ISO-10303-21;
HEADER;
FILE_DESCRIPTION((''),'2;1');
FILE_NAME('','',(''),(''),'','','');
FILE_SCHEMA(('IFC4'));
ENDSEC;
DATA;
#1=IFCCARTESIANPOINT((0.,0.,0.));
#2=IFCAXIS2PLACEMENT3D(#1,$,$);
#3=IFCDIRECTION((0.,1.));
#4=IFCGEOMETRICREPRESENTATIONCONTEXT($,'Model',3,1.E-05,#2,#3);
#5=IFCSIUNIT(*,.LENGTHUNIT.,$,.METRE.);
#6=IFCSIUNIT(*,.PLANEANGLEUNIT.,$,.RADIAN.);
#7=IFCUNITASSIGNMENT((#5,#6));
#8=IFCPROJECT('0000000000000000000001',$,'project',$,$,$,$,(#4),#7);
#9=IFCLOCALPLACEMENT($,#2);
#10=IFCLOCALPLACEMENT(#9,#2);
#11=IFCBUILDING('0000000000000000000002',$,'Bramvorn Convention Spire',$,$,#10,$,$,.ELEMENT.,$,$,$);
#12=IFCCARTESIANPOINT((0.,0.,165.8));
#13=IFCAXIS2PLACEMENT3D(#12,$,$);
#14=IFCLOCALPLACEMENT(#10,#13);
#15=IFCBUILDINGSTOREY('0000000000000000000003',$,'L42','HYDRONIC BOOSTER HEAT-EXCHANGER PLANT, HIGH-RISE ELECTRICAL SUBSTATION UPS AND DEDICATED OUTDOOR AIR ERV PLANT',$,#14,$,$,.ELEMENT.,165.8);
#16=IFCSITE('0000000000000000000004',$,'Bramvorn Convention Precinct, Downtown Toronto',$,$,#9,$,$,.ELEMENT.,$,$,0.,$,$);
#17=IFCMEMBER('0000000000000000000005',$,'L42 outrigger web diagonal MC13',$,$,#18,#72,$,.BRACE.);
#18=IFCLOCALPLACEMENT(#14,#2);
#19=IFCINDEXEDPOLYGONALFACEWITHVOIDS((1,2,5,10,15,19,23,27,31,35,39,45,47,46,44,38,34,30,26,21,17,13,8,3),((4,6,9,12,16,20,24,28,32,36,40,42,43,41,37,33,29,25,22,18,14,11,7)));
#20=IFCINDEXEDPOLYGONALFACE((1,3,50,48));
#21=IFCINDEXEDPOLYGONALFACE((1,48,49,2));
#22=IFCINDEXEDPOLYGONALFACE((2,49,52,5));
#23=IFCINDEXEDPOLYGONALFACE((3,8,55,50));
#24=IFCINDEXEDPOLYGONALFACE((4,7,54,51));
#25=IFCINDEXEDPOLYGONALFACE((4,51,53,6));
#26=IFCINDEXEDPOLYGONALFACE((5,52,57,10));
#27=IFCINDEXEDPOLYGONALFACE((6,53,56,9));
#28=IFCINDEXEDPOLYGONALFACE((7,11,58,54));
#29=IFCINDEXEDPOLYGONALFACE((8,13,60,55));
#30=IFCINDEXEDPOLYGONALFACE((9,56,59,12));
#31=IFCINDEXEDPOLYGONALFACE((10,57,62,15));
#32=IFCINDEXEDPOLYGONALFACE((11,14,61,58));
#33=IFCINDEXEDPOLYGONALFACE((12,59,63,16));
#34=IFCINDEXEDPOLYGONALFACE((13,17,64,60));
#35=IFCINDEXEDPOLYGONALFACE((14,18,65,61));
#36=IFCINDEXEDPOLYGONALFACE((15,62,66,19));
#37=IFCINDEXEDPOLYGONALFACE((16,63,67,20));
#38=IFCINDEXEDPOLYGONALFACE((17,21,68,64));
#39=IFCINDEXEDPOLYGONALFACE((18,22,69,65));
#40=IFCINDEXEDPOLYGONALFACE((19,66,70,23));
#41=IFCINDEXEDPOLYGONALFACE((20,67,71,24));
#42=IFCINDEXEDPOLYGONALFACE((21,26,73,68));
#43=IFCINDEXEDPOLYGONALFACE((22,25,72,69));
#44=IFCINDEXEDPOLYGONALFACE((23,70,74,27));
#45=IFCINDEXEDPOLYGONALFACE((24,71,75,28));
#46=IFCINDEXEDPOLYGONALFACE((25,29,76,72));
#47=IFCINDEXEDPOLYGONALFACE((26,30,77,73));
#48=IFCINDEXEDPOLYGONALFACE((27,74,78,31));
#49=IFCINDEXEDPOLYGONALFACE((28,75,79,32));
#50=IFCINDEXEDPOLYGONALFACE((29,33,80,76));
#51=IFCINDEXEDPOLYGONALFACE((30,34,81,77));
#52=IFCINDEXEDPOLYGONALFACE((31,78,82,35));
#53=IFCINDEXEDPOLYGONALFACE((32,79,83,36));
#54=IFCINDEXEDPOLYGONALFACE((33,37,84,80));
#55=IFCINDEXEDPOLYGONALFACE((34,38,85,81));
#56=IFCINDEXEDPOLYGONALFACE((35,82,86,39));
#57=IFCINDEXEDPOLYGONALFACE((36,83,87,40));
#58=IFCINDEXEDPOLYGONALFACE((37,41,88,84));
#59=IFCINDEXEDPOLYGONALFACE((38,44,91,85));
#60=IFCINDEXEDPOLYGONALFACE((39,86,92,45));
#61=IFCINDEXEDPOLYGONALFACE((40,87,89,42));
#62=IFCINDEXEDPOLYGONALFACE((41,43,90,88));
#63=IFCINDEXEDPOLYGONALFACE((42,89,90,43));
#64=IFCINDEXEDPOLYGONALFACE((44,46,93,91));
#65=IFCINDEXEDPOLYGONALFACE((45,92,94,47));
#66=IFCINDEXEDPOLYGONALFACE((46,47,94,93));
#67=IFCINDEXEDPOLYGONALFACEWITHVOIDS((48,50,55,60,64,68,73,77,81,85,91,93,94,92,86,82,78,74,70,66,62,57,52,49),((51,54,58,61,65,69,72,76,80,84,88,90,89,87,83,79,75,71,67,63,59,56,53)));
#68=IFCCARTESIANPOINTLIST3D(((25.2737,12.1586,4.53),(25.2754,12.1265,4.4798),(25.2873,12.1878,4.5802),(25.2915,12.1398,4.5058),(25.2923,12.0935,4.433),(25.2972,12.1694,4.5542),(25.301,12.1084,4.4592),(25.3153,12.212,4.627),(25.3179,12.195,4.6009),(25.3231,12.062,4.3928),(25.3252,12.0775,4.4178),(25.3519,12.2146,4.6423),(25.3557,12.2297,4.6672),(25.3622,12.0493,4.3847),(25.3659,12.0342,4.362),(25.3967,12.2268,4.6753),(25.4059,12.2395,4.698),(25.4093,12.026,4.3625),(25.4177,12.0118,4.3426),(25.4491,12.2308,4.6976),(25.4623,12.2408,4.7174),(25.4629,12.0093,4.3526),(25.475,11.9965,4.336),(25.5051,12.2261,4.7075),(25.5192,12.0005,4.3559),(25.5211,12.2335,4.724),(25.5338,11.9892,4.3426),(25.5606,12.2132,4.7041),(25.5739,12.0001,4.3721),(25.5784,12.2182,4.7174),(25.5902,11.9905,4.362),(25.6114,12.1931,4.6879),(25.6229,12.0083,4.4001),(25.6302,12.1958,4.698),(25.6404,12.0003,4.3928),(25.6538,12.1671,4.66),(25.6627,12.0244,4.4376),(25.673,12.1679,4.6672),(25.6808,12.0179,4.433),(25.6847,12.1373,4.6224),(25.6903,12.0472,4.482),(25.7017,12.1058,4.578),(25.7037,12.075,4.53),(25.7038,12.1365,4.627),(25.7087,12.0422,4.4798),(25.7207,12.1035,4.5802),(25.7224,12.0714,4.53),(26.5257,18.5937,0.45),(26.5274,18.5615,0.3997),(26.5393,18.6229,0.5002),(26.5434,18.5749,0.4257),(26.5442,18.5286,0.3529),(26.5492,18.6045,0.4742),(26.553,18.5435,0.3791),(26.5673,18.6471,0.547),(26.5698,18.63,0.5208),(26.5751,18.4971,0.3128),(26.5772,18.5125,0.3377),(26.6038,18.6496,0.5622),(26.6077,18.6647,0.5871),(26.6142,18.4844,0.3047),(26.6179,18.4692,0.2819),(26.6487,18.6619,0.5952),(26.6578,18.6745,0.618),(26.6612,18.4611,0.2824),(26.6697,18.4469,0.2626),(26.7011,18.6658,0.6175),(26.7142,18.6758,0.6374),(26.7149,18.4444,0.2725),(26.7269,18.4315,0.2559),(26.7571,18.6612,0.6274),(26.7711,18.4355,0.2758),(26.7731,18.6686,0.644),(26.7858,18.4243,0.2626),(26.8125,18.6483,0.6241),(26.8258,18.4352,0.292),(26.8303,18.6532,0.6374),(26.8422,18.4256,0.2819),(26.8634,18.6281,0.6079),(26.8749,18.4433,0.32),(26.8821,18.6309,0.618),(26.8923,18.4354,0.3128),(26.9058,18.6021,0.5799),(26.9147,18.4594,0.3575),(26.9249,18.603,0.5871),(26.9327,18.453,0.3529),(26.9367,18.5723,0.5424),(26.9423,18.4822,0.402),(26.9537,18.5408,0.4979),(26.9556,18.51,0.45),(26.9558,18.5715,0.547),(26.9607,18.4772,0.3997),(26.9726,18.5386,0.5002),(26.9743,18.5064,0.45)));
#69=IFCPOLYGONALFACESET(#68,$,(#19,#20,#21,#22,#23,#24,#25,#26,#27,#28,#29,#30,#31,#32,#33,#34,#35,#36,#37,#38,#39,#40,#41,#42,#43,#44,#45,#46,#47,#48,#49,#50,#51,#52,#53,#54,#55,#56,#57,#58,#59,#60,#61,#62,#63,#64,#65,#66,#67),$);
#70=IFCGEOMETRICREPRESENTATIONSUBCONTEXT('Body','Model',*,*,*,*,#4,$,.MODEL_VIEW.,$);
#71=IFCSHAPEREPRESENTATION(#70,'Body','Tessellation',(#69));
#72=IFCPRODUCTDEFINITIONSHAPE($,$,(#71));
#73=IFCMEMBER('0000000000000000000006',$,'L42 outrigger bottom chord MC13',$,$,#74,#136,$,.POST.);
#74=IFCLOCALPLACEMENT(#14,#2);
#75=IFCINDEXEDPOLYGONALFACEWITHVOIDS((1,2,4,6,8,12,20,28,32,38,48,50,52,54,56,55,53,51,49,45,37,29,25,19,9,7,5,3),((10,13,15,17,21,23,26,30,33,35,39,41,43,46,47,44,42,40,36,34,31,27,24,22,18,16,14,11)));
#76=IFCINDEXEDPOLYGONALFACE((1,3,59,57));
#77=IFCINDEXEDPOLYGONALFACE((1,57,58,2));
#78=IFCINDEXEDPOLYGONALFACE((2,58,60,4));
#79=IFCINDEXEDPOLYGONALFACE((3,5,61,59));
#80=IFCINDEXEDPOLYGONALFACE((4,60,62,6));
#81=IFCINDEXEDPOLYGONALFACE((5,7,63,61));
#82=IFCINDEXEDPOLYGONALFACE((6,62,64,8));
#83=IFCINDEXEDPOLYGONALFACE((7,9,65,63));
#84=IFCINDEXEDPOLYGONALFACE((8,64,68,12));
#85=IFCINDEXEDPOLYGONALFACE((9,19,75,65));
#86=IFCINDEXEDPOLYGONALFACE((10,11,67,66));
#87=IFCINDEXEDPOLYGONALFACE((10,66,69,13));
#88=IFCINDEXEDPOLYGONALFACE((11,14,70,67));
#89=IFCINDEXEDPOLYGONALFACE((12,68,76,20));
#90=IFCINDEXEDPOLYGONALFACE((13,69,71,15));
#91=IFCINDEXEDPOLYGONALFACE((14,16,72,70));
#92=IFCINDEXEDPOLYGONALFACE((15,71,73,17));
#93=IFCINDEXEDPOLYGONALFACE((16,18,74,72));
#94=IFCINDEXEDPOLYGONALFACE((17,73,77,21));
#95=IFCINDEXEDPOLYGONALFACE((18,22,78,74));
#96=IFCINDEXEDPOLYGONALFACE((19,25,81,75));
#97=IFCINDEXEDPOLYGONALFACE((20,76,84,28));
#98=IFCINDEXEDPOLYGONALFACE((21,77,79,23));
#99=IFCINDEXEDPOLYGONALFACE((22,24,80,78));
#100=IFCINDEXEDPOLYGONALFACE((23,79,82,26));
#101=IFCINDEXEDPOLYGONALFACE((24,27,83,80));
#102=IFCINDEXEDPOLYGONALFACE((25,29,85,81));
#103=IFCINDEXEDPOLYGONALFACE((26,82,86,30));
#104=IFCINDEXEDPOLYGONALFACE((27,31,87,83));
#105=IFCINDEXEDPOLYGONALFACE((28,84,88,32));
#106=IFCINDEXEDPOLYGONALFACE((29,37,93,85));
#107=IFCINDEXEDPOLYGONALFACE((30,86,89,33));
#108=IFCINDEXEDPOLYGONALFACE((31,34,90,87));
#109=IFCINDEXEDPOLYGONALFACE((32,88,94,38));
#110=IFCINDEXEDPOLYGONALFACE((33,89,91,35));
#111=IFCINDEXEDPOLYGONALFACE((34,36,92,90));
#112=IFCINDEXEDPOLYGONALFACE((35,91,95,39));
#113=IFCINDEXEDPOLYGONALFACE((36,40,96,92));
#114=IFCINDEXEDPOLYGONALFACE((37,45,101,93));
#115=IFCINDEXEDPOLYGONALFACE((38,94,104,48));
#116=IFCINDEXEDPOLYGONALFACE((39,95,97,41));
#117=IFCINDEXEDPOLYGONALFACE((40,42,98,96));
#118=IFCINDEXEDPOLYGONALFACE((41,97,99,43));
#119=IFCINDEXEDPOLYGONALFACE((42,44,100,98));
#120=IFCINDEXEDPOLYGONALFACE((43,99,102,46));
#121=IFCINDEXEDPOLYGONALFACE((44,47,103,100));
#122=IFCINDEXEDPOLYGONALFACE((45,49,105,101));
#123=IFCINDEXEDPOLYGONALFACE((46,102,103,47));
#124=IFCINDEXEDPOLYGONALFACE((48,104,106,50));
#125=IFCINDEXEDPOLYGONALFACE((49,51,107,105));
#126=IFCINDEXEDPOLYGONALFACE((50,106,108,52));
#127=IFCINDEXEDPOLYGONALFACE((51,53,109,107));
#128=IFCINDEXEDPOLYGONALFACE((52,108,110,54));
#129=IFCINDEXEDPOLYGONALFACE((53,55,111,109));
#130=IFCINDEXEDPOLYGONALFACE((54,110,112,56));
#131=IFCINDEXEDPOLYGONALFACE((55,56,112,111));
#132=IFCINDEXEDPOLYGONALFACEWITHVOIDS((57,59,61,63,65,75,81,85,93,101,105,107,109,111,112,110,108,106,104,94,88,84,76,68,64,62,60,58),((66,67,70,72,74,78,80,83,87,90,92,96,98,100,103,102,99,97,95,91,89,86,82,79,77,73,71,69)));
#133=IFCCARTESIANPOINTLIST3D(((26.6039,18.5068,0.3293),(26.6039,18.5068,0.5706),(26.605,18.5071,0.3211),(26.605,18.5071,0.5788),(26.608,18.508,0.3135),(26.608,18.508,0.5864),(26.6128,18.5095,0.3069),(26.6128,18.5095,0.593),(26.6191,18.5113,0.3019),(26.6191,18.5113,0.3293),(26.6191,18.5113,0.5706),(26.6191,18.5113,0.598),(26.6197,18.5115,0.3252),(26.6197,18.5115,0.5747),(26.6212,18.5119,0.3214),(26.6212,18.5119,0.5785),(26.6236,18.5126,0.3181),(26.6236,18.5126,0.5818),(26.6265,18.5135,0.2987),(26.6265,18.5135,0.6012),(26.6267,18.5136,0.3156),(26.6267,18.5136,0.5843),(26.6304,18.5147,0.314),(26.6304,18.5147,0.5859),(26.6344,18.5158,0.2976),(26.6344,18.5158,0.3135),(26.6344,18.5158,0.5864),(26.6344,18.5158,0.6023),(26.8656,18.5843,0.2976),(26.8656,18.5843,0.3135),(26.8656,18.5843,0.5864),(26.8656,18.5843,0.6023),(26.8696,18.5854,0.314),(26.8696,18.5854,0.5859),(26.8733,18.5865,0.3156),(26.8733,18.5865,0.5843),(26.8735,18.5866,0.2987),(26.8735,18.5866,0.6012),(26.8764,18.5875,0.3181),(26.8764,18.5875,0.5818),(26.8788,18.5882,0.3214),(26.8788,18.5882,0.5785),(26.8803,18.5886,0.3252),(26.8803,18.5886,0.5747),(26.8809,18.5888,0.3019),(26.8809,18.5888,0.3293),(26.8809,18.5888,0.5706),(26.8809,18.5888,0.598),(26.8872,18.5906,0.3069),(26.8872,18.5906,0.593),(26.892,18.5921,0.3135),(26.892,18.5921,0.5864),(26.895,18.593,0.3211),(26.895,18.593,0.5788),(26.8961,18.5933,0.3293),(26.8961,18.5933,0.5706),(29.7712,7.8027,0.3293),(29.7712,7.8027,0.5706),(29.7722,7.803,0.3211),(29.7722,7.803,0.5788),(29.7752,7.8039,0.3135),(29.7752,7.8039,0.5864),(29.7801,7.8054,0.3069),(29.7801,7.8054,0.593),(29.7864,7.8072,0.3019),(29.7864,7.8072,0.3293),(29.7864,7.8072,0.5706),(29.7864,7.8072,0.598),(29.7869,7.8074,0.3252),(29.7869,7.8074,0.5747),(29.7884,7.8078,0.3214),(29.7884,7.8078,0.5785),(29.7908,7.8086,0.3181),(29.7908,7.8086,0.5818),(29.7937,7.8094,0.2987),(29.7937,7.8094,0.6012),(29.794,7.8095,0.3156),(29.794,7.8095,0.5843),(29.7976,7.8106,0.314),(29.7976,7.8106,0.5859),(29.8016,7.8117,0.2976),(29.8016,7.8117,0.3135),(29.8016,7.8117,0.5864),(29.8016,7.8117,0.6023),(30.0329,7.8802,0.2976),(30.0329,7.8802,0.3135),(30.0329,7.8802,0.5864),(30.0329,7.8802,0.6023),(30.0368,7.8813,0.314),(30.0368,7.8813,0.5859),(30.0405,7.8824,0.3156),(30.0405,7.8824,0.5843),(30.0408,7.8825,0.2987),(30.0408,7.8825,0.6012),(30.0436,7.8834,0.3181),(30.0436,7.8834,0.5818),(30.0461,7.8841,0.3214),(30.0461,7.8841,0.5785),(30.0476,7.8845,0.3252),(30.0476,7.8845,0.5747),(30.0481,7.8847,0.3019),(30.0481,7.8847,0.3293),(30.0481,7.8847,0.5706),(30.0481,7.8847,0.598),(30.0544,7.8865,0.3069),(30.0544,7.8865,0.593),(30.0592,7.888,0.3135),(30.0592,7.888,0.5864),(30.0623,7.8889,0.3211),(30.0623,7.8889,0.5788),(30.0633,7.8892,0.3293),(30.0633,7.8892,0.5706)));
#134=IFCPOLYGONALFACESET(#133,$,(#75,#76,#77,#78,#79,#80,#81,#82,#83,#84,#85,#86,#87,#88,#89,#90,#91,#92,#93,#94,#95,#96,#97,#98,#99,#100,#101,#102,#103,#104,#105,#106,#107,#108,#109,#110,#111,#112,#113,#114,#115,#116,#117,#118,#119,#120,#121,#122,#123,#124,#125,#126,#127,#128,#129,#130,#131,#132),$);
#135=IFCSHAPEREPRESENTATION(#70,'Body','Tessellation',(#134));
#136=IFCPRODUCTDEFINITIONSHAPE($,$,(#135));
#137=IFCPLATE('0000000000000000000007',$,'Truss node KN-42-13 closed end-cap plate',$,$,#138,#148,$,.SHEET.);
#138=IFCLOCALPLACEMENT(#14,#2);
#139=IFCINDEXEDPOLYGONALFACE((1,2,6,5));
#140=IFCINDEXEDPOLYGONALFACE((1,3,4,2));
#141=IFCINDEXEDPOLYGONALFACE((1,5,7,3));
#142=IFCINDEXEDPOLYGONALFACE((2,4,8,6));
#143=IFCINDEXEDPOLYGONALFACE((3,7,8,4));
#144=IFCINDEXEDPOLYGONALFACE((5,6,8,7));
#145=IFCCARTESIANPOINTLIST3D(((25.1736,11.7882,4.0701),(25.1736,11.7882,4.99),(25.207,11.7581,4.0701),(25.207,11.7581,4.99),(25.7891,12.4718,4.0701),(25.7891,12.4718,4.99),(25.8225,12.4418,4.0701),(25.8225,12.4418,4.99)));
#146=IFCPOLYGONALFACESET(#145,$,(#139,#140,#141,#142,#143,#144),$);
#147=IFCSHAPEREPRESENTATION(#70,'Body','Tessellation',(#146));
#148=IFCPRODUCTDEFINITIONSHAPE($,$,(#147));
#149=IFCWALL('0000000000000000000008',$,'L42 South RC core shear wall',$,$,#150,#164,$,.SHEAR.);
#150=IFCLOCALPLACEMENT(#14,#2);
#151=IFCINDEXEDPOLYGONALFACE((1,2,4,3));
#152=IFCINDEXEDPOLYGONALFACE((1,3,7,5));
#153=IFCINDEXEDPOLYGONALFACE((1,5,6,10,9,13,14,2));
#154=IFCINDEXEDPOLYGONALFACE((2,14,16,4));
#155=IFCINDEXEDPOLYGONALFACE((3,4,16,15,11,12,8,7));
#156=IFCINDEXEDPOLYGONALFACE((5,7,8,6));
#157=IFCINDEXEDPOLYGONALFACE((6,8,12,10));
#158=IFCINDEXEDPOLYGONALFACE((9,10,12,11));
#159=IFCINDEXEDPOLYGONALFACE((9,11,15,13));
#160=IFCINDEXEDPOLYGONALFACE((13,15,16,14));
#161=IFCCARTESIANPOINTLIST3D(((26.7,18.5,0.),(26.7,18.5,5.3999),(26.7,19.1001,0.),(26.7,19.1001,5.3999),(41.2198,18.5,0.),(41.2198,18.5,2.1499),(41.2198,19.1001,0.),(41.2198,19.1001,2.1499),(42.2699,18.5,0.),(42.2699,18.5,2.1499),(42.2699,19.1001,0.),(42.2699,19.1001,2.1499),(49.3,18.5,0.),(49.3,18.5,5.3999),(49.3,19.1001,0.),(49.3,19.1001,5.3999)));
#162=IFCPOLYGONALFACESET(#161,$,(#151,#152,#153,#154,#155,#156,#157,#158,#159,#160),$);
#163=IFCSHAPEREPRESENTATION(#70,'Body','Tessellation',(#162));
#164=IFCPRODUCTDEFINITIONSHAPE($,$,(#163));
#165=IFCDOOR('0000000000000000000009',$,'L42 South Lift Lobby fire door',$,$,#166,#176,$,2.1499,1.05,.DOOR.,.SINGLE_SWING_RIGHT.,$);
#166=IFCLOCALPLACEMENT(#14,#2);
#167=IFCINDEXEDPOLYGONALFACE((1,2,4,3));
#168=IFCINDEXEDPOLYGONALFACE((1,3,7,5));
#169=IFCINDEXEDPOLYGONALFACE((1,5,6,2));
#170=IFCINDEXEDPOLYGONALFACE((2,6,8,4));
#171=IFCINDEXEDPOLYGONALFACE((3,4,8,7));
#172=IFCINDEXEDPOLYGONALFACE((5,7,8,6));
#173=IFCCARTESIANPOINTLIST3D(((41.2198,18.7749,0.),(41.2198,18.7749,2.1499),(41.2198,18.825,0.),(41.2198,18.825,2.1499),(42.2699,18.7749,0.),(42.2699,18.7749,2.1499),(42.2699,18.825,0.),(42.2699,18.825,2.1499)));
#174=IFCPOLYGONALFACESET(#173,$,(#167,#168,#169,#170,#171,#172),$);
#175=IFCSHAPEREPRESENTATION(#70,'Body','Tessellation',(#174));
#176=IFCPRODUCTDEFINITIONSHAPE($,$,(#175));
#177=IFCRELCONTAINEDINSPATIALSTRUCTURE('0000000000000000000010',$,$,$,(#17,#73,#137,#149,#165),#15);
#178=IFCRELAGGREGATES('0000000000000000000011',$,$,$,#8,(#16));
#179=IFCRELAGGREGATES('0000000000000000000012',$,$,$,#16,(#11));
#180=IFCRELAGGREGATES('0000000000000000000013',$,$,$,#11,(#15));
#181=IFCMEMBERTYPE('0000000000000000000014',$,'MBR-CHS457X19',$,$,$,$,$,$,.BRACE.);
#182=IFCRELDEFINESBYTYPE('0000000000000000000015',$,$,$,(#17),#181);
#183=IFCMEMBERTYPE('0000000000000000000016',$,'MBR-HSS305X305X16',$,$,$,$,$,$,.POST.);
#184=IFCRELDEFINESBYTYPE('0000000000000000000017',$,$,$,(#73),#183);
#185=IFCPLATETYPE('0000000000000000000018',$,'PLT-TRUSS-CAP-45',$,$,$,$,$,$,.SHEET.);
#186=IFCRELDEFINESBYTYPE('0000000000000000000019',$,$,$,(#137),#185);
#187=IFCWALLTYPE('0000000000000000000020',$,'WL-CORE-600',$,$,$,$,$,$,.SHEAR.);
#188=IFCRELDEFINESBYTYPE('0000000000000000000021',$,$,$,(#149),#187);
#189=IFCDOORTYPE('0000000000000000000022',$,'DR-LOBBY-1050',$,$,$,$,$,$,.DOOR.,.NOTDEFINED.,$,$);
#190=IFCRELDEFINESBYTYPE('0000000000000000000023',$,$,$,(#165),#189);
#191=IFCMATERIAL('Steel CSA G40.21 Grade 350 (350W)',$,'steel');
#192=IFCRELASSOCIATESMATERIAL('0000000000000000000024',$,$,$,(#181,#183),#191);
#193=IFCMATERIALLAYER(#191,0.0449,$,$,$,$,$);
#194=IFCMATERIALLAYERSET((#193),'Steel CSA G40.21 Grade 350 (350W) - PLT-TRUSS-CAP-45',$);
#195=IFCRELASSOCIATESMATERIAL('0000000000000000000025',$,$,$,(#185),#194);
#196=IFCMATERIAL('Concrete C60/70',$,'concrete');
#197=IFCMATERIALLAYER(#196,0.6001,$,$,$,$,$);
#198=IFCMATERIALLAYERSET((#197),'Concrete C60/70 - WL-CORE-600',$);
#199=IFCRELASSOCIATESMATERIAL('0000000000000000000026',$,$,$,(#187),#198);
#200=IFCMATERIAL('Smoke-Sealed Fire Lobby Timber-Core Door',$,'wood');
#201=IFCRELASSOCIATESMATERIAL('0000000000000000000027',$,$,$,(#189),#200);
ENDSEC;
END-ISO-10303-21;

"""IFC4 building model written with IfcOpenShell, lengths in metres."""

from ifc_helpers import new_model, si_unit, direction, frame, frame_2d, origin, origin_2d, place, context, subcontext, project, spatial, rectangle, hollow_rectangle, hollow_circle, extrude, material, layer, layer_set, material_profile, profile_set, type_object, element, fill, save


model = new_model("IFC4")

# Units and contexts
model_context = context("Model", 3, precision=1e-05, world=origin(), true_north=direction((0.0, 1.0)))
body_context = subcontext(model_context, "Body", "Model", "MODEL_VIEW")
ifc_project = project(units=[si_unit("LENGTHUNIT", "METRE"), si_unit("PLANEANGLEUNIT", "RADIAN")], contexts=[model_context])

# Site, building, storey
site_placement = place(None, origin())
site = spatial("IfcSite", under=ifc_project, at=site_placement, Name="Bramvorn Convention Precinct, Downtown Toronto", CompositionType="ELEMENT", RefElevation=0.0)
building_placement = place(site_placement, origin())
building = spatial("IfcBuilding", under=site, at=building_placement, Name="Bramvorn Convention Spire", CompositionType="ELEMENT")
storey_placement = place(building_placement, frame((0.0, 0.0, 165.8)))
storey = spatial("IfcBuildingStorey", under=building, at=storey_placement, Name="L42", Description="HYDRONIC BOOSTER HEAT-EXCHANGER PLANT, HIGH-RISE ELECTRICAL SUBSTATION UPS AND DEDICATED OUTDOOR AIR ERV PLANT", CompositionType="ELEMENT", Elevation=165.8)

# Shared definitions
ifc_material_1 = material(Name="Steel CSA G40.21 Grade 350 (350W)", Category="steel")

# Members
ifc_material_profile_1 = material_profile(ifc_material_1, hollow_circle(Radius=0.2285, WallThickness=0.019, at=origin_2d()))
ifc_profile_set_1 = profile_set([ifc_material_profile_1], Name="Steel CSA G40.21 Grade 350 (350W) - CHS457X19")
member_type_1 = type_object("IfcMemberType", Name="MBR-CHS457X19", PredefinedType="BRACE", material=ifc_profile_set_1)
member_1_placement = place(storey_placement, frame((26.75, 18.55, 0.45), z_axis=(-0.162135, -0.833375, 0.528392), x_axis=(0.981596, -0.190971, 0.0)))
element("IfcMember", 1, at=member_1_placement, inside=storey, type_object=member_type_1, Name="L42 outrigger web diagonal MC13", PredefinedType="BRACE", context=body_context, shape_type="SweptSolid", body=[
    extrude(hollow_circle(Radius=0.2285, WallThickness=0.019, at=origin_2d()), origin(), (0.0, 0.0, 1.0), 7.7217),
])
ifc_material_profile_2 = material_profile(ifc_material_1, hollow_rectangle(XDim=0.3047, YDim=0.3047, WallThickness=0.0159, InnerFilletRadius=0.0159, OuterFilletRadius=0.0317, at=origin_2d()))
ifc_profile_set_2 = profile_set([ifc_material_profile_2], Name="Steel CSA G40.21 Grade 350 (350W) - HSS305X305X16")
member_type_2 = type_object("IfcMemberType", Name="MBR-HSS305X305X16", PredefinedType="POST", material=ifc_profile_set_2)
member_2_placement = place(storey_placement, frame((26.75, 18.55, 0.45), z_axis=(0.28373, -0.958904, 0.0), x_axis=(0.958904, 0.28373, 0.0)))
element("IfcMember", 2, at=member_2_placement, inside=storey, type_object=member_type_2, Name="L42 outrigger bottom chord MC13", PredefinedType="POST", context=body_context, shape_type="SweptSolid", body=[
    extrude(hollow_rectangle(XDim=0.3047, YDim=0.3047, WallThickness=0.0159, InnerFilletRadius=0.0159, OuterFilletRadius=0.0317, at=origin_2d()), origin(), (0.0, 0.0, 1.0), 11.1628),
])

# Plate
ifc_layer_1 = layer(ifc_material_1, 0.0449)
ifc_layer_set_1 = layer_set([ifc_layer_1], Name="Steel CSA G40.21 Grade 350 (350W) - PLT-TRUSS-CAP-45")
plate_type = type_object("IfcPlateType", Name="PLT-TRUSS-CAP-45", PredefinedType="SHEET", material=ifc_layer_set_1)
plate_placement = place(storey_placement, frame((25.498, 12.115, 4.0701), z_axis=(0.0, 0.0, 1.0), x_axis=(-0.66913, -0.743145, 0.0)))
element("IfcPlate", 3, at=plate_placement, inside=storey, type_object=plate_type, Name="Truss node KN-42-13 closed end-cap plate", PredefinedType="SHEET", context=body_context, shape_type="SweptSolid", body=[
    extrude(rectangle(XDim=0.9199, YDim=0.0449, at=origin_2d()), origin(), (0.0, 0.0, 1.0), 0.9199),
])

# Wall, opening, door
ifc_material_2 = material(Name="Concrete C60/70", Category="concrete")
ifc_layer_2 = layer(ifc_material_2, 0.6001)
ifc_layer_set_2 = layer_set([ifc_layer_2], Name="Concrete C60/70 - WL-CORE-600")
wall_type_1 = type_object("IfcWallType", Name="WL-CORE-600", PredefinedType="SHEAR", material=ifc_layer_set_2)
wall_1_placement = place(storey_placement, frame((26.7, 18.8, 0.0), z_axis=(0.0, 0.0, 1.0), x_axis=(1.0, 0.0, 0.0)))
wall_1 = element("IfcWall", 4, at=wall_1_placement, inside=storey, type_object=wall_type_1, Name="L42 South RC core shear wall", PredefinedType="SHEAR", context=body_context, shape_type="SweptSolid", body=[
    extrude(rectangle(XDim=22.6001, YDim=0.6001, at=frame_2d((11.3, 0.0))), origin(), (0.0, 0.0, 1.0), 5.3999),
])
opening_1_placement = place(wall_1_placement, frame((14.52, 0.0, 0.0)))
opening_1 = element("IfcOpeningElement", 5, at=opening_1_placement, cuts=wall_1, PredefinedType="OPENING", context=body_context, shape_type="SweptSolid", body=[
    extrude(rectangle(XDim=1.05, YDim=2.1499, at=frame_2d((0.5249, 1.075))), frame((0.0, 0.3101, 0.0), z_axis=(0.0, -1.0, 0.0), x_axis=(1.0, 0.0, 0.0)), (0.0, 0.0, 1.0), 0.6201),
])
ifc_material_3 = material(Name="Smoke-Sealed Fire Lobby Timber-Core Door", Category="wood")
door_type_1 = type_object("IfcDoorType", Name="DR-LOBBY-1050", OperationType="NOTDEFINED", PredefinedType="DOOR", material=ifc_material_3)
door_1_placement = place(opening_1_placement, origin())
door_1 = element("IfcDoor", 6, at=door_1_placement, inside=storey, type_object=door_type_1, Name="L42 South Lift Lobby fire door", OperationType="SINGLE_SWING_RIGHT", OverallHeight=2.1499, OverallWidth=1.05, PredefinedType="DOOR", context=body_context, shape_type="SweptSolid", body=[
    extrude(rectangle(XDim=1.05, YDim=2.1499, at=frame_2d((0.5249, 1.075))), frame((0.0, 0.0249, 0.0), z_axis=(0.0, -1.0, 0.0), x_axis=(1.0, 0.0, 0.0)), (0.0, 0.0, 1.0), 0.05),
])
fill(opening_1, door_1)

save(model, "model.ifc")
